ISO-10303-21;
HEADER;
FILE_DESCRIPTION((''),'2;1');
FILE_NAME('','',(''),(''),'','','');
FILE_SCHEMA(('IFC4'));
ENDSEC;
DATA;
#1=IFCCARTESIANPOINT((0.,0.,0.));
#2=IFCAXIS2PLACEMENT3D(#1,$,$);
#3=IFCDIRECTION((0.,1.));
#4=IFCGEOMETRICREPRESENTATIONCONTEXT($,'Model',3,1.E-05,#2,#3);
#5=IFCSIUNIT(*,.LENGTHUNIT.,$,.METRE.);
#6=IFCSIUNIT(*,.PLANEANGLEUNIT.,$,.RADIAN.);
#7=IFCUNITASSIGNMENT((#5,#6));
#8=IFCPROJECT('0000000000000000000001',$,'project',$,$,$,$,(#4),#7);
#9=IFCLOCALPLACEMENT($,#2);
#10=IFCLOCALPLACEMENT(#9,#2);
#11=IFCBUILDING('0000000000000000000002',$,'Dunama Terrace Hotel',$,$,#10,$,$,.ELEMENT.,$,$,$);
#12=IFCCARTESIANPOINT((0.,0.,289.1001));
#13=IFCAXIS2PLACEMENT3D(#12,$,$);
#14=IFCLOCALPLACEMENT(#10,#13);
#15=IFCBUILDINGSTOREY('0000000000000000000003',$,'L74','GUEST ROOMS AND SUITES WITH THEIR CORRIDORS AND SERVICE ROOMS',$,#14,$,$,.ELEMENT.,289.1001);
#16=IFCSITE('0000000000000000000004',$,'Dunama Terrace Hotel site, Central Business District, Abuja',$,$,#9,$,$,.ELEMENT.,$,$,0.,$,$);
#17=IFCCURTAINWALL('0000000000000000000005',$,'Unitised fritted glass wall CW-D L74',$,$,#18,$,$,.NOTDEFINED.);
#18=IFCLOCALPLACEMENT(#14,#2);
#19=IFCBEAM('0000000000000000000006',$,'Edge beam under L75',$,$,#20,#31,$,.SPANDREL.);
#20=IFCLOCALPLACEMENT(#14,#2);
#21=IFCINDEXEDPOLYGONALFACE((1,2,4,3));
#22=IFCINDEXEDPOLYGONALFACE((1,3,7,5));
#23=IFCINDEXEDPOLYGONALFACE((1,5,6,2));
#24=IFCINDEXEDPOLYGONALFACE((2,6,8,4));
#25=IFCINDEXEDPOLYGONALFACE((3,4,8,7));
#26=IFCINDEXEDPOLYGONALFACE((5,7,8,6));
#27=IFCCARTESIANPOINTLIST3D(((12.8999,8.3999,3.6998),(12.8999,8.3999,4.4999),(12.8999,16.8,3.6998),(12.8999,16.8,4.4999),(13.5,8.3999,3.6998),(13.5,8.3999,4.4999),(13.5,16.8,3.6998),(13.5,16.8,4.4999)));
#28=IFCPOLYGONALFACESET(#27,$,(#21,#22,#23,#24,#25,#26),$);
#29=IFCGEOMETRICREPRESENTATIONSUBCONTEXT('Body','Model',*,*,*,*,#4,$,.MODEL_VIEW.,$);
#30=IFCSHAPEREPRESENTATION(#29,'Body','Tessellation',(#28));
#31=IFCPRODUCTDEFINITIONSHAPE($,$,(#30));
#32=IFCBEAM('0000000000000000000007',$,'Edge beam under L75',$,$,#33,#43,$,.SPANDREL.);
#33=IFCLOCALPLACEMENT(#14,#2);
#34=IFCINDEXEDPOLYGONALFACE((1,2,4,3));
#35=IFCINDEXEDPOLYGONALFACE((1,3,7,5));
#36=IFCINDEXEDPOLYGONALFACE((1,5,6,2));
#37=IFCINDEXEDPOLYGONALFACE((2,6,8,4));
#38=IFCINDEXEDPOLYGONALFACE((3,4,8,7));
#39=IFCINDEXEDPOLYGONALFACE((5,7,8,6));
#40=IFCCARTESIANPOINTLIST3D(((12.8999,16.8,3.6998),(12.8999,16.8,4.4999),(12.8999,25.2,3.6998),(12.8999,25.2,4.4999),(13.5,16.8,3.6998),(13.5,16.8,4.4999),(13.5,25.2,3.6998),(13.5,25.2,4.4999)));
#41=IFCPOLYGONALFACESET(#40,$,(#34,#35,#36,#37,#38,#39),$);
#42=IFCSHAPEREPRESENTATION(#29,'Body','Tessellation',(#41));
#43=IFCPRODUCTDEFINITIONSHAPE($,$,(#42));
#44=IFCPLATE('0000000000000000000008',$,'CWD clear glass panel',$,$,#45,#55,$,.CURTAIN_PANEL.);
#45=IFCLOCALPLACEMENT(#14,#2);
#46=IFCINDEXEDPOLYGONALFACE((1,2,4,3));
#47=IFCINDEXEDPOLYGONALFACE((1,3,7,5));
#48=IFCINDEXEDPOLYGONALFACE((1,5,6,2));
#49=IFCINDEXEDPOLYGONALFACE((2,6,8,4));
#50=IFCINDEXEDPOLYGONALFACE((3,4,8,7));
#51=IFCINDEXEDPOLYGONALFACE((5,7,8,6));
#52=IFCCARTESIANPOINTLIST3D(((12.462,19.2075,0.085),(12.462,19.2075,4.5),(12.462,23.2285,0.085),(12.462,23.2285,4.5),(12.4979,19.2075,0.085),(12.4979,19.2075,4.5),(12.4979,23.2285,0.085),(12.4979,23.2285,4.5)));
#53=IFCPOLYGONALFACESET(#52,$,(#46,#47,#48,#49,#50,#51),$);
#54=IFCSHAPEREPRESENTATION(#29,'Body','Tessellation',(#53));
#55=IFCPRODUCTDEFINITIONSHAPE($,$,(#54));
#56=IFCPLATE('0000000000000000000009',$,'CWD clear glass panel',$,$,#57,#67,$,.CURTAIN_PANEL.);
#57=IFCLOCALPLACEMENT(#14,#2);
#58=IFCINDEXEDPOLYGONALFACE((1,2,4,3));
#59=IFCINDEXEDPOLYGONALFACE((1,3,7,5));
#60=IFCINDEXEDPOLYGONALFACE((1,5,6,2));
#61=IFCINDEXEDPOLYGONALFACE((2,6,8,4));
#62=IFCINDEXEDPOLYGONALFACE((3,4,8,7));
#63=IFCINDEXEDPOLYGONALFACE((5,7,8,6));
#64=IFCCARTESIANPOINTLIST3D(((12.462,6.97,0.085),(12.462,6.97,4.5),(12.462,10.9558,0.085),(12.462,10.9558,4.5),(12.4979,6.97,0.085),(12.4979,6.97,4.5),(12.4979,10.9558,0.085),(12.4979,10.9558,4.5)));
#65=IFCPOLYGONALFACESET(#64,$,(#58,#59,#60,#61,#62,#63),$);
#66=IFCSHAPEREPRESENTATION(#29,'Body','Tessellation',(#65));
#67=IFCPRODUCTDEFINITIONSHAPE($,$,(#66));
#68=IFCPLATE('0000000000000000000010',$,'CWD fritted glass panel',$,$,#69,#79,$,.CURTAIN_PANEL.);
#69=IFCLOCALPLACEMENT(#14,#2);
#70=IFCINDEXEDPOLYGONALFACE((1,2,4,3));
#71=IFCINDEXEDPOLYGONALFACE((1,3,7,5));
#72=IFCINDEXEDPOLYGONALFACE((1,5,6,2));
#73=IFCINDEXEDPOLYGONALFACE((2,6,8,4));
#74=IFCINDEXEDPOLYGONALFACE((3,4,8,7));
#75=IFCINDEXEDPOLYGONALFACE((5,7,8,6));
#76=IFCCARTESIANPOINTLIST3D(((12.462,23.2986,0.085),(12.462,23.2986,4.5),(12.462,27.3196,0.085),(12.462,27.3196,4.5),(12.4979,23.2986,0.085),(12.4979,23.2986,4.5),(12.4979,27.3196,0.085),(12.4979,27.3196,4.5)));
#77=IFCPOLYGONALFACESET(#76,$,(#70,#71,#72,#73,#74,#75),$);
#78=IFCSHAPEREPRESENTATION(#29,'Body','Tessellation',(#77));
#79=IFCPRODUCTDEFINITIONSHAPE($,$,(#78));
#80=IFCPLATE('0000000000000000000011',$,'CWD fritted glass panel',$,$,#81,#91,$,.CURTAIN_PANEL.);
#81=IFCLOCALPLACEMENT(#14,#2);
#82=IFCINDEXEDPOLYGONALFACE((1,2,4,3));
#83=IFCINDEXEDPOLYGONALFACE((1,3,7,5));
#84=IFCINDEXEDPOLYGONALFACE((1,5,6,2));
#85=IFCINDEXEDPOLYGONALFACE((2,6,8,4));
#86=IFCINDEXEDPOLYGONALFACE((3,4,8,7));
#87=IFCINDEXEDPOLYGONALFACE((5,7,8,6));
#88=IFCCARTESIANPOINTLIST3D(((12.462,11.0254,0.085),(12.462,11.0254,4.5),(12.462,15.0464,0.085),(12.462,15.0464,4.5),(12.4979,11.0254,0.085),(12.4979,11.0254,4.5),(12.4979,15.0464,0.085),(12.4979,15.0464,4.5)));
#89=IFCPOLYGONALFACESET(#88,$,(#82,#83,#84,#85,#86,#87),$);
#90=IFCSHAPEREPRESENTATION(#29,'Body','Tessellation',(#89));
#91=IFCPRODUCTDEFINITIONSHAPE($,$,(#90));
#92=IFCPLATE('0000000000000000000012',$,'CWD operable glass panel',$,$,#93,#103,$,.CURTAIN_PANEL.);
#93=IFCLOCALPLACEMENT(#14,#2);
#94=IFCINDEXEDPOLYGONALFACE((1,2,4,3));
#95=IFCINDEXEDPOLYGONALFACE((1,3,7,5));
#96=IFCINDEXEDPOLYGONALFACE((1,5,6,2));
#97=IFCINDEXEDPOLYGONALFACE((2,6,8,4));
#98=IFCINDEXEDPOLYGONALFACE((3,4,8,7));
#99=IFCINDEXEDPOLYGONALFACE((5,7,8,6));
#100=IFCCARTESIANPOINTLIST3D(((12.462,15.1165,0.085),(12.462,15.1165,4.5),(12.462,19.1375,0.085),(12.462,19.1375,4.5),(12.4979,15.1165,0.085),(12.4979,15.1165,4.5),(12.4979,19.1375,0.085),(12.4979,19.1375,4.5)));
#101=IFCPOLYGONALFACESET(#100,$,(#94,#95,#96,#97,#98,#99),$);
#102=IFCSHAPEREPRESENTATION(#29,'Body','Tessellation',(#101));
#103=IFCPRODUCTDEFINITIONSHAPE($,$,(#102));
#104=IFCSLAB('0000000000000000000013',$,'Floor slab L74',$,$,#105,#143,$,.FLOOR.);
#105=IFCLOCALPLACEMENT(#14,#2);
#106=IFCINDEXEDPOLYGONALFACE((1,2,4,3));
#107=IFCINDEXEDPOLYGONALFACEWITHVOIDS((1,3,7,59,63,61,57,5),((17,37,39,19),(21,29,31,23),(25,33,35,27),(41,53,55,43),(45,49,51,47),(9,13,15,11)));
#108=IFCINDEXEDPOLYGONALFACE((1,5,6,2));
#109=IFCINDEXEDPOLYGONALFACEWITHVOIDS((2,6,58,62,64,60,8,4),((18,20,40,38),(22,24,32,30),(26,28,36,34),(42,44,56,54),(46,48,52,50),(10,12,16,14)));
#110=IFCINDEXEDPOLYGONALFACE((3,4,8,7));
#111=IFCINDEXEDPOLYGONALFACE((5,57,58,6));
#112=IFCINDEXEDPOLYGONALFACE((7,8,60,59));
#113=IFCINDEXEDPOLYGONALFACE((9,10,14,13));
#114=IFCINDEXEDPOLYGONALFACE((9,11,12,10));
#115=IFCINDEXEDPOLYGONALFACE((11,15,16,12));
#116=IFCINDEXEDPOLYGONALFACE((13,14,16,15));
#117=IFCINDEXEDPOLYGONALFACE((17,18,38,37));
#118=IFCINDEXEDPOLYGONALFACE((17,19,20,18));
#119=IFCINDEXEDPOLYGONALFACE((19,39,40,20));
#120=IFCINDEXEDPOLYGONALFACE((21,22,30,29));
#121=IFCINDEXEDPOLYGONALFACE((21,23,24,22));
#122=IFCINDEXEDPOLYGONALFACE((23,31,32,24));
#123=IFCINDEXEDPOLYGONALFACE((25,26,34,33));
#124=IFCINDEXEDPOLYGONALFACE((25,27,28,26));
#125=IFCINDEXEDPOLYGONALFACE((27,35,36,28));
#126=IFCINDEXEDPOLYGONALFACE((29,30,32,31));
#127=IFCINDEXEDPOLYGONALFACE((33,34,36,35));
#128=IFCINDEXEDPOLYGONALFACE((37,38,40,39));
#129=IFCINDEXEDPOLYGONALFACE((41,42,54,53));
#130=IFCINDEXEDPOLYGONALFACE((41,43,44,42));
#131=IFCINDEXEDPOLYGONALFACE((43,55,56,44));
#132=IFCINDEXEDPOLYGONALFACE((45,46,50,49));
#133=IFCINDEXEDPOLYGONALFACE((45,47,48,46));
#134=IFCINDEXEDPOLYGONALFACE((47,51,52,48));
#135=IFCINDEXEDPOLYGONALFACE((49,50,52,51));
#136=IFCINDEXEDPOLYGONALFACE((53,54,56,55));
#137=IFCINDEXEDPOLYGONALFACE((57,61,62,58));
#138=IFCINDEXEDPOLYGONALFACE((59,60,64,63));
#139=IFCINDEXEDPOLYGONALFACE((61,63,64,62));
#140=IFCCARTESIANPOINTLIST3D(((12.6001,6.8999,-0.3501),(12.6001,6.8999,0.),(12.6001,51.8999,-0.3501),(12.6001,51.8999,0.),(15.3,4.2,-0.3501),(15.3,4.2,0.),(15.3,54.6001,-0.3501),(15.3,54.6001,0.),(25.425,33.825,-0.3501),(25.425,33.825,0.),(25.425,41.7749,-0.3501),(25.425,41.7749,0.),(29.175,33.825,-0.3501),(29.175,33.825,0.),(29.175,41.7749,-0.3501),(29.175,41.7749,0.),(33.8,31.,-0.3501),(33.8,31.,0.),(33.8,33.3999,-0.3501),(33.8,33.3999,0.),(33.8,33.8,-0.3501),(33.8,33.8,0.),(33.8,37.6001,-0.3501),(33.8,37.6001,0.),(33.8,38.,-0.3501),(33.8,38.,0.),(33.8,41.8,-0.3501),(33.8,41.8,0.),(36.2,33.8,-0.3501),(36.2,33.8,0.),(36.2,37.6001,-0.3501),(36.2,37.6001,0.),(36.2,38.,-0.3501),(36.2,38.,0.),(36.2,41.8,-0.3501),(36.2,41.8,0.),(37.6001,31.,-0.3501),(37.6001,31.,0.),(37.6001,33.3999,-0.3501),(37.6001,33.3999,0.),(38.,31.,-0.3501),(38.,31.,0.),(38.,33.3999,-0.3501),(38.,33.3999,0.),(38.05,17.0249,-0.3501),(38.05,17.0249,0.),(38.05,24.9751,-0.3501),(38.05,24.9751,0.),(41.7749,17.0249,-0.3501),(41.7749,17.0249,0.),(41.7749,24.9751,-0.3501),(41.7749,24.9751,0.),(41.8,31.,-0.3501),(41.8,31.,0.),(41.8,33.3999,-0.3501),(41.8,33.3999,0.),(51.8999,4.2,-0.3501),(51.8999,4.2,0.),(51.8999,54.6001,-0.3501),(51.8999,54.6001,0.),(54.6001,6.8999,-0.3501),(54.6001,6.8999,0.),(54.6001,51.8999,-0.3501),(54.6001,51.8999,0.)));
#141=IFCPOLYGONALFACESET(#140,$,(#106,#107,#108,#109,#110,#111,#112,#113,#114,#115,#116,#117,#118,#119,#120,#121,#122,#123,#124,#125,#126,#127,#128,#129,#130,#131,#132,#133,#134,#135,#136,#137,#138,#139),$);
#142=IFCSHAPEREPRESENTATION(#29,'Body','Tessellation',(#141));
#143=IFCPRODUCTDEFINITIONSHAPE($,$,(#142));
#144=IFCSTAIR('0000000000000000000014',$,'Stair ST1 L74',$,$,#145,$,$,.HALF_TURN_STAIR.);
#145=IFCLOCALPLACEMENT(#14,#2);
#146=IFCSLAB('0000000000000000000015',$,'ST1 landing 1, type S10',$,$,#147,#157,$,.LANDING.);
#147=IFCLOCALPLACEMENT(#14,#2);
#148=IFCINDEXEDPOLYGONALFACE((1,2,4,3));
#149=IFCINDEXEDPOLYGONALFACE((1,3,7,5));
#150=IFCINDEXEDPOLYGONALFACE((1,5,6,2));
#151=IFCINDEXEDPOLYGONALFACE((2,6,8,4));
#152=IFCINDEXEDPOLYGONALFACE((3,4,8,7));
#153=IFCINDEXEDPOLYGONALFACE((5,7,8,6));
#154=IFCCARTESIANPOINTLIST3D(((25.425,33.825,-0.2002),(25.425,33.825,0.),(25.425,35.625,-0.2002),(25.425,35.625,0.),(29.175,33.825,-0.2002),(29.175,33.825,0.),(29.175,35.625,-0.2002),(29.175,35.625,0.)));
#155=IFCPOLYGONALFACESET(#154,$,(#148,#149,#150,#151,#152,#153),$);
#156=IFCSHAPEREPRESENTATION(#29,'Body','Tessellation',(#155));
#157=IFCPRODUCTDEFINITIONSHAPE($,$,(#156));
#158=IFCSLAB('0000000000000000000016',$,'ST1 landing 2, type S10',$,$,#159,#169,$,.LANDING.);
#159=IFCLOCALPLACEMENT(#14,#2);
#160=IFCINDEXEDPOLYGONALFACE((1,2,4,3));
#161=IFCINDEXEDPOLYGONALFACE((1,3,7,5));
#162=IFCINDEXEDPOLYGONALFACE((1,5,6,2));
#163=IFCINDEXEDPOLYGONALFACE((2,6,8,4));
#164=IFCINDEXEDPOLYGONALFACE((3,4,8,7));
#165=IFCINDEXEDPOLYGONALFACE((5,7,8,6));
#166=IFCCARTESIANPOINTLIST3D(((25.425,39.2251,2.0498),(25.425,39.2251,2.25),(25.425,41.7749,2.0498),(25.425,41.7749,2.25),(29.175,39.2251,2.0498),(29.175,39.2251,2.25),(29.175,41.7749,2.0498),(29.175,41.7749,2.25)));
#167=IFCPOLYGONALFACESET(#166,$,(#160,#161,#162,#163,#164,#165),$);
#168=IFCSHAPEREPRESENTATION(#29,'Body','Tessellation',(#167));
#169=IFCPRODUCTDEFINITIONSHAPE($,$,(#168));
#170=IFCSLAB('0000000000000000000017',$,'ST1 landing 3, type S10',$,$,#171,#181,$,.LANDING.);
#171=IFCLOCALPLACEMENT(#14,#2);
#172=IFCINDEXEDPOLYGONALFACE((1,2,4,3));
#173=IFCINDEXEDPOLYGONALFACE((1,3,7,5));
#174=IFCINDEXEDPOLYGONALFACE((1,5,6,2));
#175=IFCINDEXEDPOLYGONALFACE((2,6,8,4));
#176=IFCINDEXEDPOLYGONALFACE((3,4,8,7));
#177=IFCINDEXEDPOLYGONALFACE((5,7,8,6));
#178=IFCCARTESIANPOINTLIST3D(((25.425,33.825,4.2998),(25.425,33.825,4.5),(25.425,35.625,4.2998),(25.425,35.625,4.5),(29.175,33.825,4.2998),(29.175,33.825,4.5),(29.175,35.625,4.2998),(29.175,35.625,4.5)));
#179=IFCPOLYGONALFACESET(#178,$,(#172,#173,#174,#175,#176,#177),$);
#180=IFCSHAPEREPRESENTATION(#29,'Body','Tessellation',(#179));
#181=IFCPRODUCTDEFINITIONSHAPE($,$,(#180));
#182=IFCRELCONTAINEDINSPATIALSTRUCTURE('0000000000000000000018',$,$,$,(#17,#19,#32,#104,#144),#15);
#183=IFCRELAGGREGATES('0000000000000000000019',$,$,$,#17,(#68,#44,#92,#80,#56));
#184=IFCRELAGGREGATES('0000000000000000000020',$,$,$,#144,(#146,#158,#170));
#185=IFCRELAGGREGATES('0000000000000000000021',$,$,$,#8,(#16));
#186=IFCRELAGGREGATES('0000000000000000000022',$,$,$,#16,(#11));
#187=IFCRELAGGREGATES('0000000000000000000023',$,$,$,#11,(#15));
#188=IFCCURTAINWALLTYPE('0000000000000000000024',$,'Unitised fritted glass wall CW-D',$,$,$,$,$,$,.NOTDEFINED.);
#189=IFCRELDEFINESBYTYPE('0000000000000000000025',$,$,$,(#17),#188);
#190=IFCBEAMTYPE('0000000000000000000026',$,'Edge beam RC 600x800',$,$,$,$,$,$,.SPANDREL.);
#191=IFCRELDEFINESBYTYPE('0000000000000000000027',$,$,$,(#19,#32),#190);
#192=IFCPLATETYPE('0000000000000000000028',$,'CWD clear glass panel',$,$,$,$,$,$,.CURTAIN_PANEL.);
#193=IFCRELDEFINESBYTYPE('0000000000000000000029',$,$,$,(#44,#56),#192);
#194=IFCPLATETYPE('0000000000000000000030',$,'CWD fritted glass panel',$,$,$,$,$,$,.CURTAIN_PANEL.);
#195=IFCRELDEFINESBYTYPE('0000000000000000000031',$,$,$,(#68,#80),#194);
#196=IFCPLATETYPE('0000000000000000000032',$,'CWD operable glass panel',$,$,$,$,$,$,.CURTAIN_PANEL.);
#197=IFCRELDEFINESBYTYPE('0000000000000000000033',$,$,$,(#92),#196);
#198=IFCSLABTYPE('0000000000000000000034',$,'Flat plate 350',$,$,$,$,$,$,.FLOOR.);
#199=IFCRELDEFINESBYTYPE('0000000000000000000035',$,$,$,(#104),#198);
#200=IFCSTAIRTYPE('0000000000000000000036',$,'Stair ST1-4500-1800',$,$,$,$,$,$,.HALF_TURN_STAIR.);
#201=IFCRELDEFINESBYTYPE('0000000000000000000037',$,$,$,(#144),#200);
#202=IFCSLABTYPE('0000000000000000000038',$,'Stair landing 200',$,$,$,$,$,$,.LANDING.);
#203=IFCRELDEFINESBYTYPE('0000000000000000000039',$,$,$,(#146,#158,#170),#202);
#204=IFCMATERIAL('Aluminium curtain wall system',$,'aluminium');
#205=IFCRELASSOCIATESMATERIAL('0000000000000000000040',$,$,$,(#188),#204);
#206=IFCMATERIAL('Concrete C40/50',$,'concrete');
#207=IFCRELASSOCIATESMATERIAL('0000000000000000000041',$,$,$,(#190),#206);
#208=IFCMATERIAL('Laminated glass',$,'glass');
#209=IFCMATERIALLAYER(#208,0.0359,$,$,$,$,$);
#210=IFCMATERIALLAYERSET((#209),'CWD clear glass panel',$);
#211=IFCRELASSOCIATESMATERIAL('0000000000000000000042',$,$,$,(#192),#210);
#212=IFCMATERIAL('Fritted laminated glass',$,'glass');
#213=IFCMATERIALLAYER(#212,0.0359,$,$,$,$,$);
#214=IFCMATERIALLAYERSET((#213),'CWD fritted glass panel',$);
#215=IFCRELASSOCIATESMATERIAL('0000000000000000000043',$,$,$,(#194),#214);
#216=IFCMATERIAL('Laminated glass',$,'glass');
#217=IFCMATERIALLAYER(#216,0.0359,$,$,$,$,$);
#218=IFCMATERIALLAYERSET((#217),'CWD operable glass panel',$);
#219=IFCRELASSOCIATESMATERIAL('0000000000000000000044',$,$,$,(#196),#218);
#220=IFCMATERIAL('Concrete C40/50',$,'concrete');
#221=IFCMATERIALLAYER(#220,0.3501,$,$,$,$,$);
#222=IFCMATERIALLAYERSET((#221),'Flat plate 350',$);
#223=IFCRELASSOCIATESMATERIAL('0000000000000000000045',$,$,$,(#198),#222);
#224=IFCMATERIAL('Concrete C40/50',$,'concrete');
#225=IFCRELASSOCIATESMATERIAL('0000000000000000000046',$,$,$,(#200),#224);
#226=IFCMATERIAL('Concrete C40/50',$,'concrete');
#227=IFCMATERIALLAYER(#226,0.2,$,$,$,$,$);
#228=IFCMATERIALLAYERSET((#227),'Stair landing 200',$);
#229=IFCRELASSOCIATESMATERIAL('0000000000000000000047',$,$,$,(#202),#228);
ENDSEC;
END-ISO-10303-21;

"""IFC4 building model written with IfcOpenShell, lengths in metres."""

from ifc_helpers import new_model, si_unit, direction, frame, origin, origin_2d, place, context, subcontext, project, spatial, polyline, rectangle, outline, extrude, material, layer, layer_set, material_profile, profile_set, type_object, element, aggregate, save


model = new_model("IFC4")

# Units and contexts
model_context = context("Model", 3, precision=1e-05, world=origin(), true_north=direction((0.0, 1.0)))
body_context = subcontext(model_context, "Body", "Model", "MODEL_VIEW")
ifc_project = project(units=[si_unit("LENGTHUNIT", "METRE"), si_unit("PLANEANGLEUNIT", "RADIAN")], contexts=[model_context])

# Site, building, storey
site_placement = place(None, origin())
site = spatial("IfcSite", under=ifc_project, at=site_placement, Name="Dunama Terrace Hotel site, Central Business District, Abuja", CompositionType="ELEMENT", RefElevation=0.0)
building_placement = place(site_placement, origin())
building = spatial("IfcBuilding", under=site, at=building_placement, Name="Dunama Terrace Hotel", CompositionType="ELEMENT")
storey_placement = place(building_placement, frame((0.0, 0.0, 289.1001)))
storey = spatial("IfcBuildingStorey", under=building, at=storey_placement, Name="L74", Description="GUEST ROOMS AND SUITES WITH THEIR CORRIDORS AND SERVICE ROOMS", CompositionType="ELEMENT", Elevation=289.1001)

# Curtain wall
ifc_material_1 = material(Name="Aluminium curtain wall system", Category="aluminium")
curtain_wall_type = type_object("IfcCurtainWallType", Name="Unitised fritted glass wall CW-D", PredefinedType="NOTDEFINED", material=ifc_material_1)
curtain_wall_1_placement = place(storey_placement, origin())
curtain_wall_1 = element("IfcCurtainWall", 1, at=curtain_wall_1_placement, inside=storey, type_object=curtain_wall_type, Name="Unitised fritted glass wall CW-D L74", PredefinedType="NOTDEFINED")

# Beams
ifc_material_2 = material(Name="Concrete C40/50", Category="concrete")
ifc_material_profile_1 = material_profile(ifc_material_2, rectangle(XDim=0.6001, YDim=0.8, at=origin_2d()), Name="RC 600x800")
ifc_profile_set_1 = profile_set([ifc_material_profile_1], Name="Concrete C40/50")
beam_type = type_object("IfcBeamType", Name="Edge beam RC 600x800", PredefinedType="SPANDREL", material=ifc_profile_set_1)
beam_1_placement = place(storey_placement, frame((13.2, 8.3999, 4.0999), z_axis=(0.0, 1.0, 0.0), x_axis=(-1.0, 0.0, 0.0)))
element("IfcBeam", 2, at=beam_1_placement, inside=storey, type_object=beam_type, Name="Edge beam under L75", PredefinedType="SPANDREL", context=body_context, shape_type="SweptSolid", body=[
    extrude(rectangle(XDim=0.6001, YDim=0.8, at=origin_2d()), origin(), (0.0, 0.0, 1.0), 8.4001),
])
beam_2_placement = place(storey_placement, frame((13.2, 16.8, 4.0999), z_axis=(0.0, 1.0, 0.0), x_axis=(-1.0, 0.0, 0.0)))
element("IfcBeam", 3, at=beam_2_placement, inside=storey, type_object=beam_type, Name="Edge beam under L75", PredefinedType="SPANDREL", context=body_context, shape_type="SweptSolid", body=[
    extrude(rectangle(XDim=0.6001, YDim=0.8, at=origin_2d()), origin(), (0.0, 0.0, 1.0), 8.3999),
])

# Plates
ifc_material_3 = material(Name="Laminated glass", Category="glass")
ifc_layer_1 = layer(ifc_material_3, 0.0359)
ifc_layer_set_1 = layer_set([ifc_layer_1], Name="CWD clear glass panel")
plate_type_1 = type_object("IfcPlateType", Name="CWD clear glass panel", PredefinedType="CURTAIN_PANEL", material=ifc_layer_set_1)
plate_1_placement = place(storey_placement, frame((12.48, 21.218, 0.085), z_axis=(0.0, 0.0, 1.0), x_axis=(0.0, -1.0, 0.0)))
plate_1 = element("IfcPlate", 4, at=plate_1_placement, type_object=plate_type_1, Name="CWD clear glass panel", PredefinedType="CURTAIN_PANEL", context=body_context, shape_type="SweptSolid", body=[
    extrude(rectangle(XDim=4.021, YDim=0.0359, at=origin_2d()), origin(), (0.0, 0.0, 1.0), 4.415),
])
plate_2_placement = place(storey_placement, frame((12.48, 8.9629, 0.085), z_axis=(0.0, 0.0, 1.0), x_axis=(0.0, -1.0, 0.0)))
plate_2 = element("IfcPlate", 5, at=plate_2_placement, type_object=plate_type_1, Name="CWD clear glass panel", PredefinedType="CURTAIN_PANEL", context=body_context, shape_type="SweptSolid", body=[
    extrude(rectangle(XDim=3.9858, YDim=0.0359, at=origin_2d()), origin(), (0.0, 0.0, 1.0), 4.415),
])
ifc_material_4 = material(Name="Fritted laminated glass", Category="glass")
ifc_layer_2 = layer(ifc_material_4, 0.0359)
ifc_layer_set_2 = layer_set([ifc_layer_2], Name="CWD fritted glass panel")
plate_type_2 = type_object("IfcPlateType", Name="CWD fritted glass panel", PredefinedType="CURTAIN_PANEL", material=ifc_layer_set_2)
plate_3_placement = place(storey_placement, frame((12.48, 25.3091, 0.085), z_axis=(0.0, 0.0, 1.0), x_axis=(0.0, -1.0, 0.0)))
plate_3 = element("IfcPlate", 6, at=plate_3_placement, type_object=plate_type_2, Name="CWD fritted glass panel", PredefinedType="CURTAIN_PANEL", context=body_context, shape_type="SweptSolid", body=[
    extrude(rectangle(XDim=4.021, YDim=0.0359, at=origin_2d()), origin(), (0.0, 0.0, 1.0), 4.415),
])
plate_4_placement = place(storey_placement, frame((12.48, 13.0359, 0.085), z_axis=(0.0, 0.0, 1.0), x_axis=(0.0, -1.0, 0.0)))
plate_4 = element("IfcPlate", 7, at=plate_4_placement, type_object=plate_type_2, Name="CWD fritted glass panel", PredefinedType="CURTAIN_PANEL", context=body_context, shape_type="SweptSolid", body=[
    extrude(rectangle(XDim=4.021, YDim=0.0359, at=origin_2d()), origin(), (0.0, 0.0, 1.0), 4.415),
])
ifc_material_5 = material(Name="Laminated glass", Category="glass")
ifc_layer_3 = layer(ifc_material_5, 0.0359)
ifc_layer_set_3 = layer_set([ifc_layer_3], Name="CWD operable glass panel")
plate_type_3 = type_object("IfcPlateType", Name="CWD operable glass panel", PredefinedType="CURTAIN_PANEL", material=ifc_layer_set_3)
plate_5_placement = place(storey_placement, frame((12.48, 17.127, 0.085), z_axis=(0.0, 0.0, 1.0), x_axis=(0.0, -1.0, 0.0)))
plate_5 = element("IfcPlate", 8, at=plate_5_placement, type_object=plate_type_3, Name="CWD operable glass panel", PredefinedType="CURTAIN_PANEL", context=body_context, shape_type="SweptSolid", body=[
    extrude(rectangle(XDim=4.021, YDim=0.0359, at=origin_2d()), origin(), (0.0, 0.0, 1.0), 4.415),
])
aggregate(curtain_wall_1, [plate_3, plate_1, plate_5, plate_4, plate_2])

# Slab
ifc_material_6 = material(Name="Concrete C40/50", Category="concrete")
ifc_layer_4 = layer(ifc_material_6, 0.3501)
ifc_layer_set_4 = layer_set([ifc_layer_4], Name="Flat plate 350")
slab_type_1 = type_object("IfcSlabType", Name="Flat plate 350", PredefinedType="FLOOR", material=ifc_layer_set_4)
slab_1_placement = place(storey_placement, frame((0.0, 0.0, -0.3501)))
element("IfcSlab", 9, at=slab_1_placement, inside=storey, type_object=slab_type_1, Name="Floor slab L74", PredefinedType="FLOOR", context=body_context, shape_type="SweptSolid", body=[
    extrude(outline(polyline([(15.3, 4.2), (51.8999, 4.2), (54.6001, 6.8999), (54.6001, 51.8999), (51.8999, 54.6001), (15.3, 54.6001), (12.6001, 51.8999), (12.6001, 6.8999), (15.3, 4.2)]), holes=[polyline([(37.6001, 31.0), (37.6001, 33.3999), (33.8, 33.3999), (33.8, 31.0), (37.6001, 31.0)]), polyline([(41.8, 31.0), (41.8, 33.3999), (38.0, 33.3999), (38.0, 31.0), (41.8, 31.0)]), polyline([(36.2, 38.0), (36.2, 41.8), (33.8, 41.8), (33.8, 38.0), (36.2, 38.0)]), polyline([(36.2, 33.8), (36.2, 37.6001), (33.8, 37.6001), (33.8, 33.8), (36.2, 33.8)]), polyline([(29.175, 33.825), (29.175, 41.7749), (25.425, 41.7749), (25.425, 33.825), (29.175, 33.825)]), polyline([(41.7749, 17.0249), (41.7749, 24.9751), (38.05, 24.9751), (38.05, 17.0249), (41.7749, 17.0249)])]), origin(), (0.0, 0.0, 1.0), 0.3501),
])

# Stair, slabs
ifc_material_7 = material(Name="Concrete C40/50", Category="concrete")
stair_type_1 = type_object("IfcStairType", Name="Stair ST1-4500-1800", PredefinedType="HALF_TURN_STAIR", material=ifc_material_7)
stair_1_placement = place(storey_placement, origin())
stair_1 = element("IfcStair", 10, at=stair_1_placement, inside=storey, type_object=stair_type_1, Name="Stair ST1 L74", PredefinedType="HALF_TURN_STAIR")
ifc_material_8 = material(Name="Concrete C40/50", Category="concrete")
ifc_layer_5 = layer(ifc_material_8, 0.2)
ifc_layer_set_5 = layer_set([ifc_layer_5], Name="Stair landing 200")
slab_type_2 = type_object("IfcSlabType", Name="Stair landing 200", PredefinedType="LANDING", material=ifc_layer_set_5)
slab_2_placement = place(storey_placement, frame((0.0, 0.0, -0.2002)))
slab_2 = element("IfcSlab", 11, at=slab_2_placement, type_object=slab_type_2, Name="ST1 landing 1, type S10", PredefinedType="LANDING", context=body_context, shape_type="SweptSolid", body=[
    extrude(outline(polyline([(25.425, 33.825), (29.175, 33.825), (29.175, 35.625), (25.425, 35.625), (25.425, 33.825)])), origin(), (0.0, 0.0, 1.0), 0.2002),
])
slab_3_placement = place(storey_placement, frame((0.0, 0.0, 2.0498)))
slab_3 = element("IfcSlab", 12, at=slab_3_placement, type_object=slab_type_2, Name="ST1 landing 2, type S10", PredefinedType="LANDING", context=body_context, shape_type="SweptSolid", body=[
    extrude(outline(polyline([(25.425, 39.2251), (29.175, 39.2251), (29.175, 41.7749), (25.425, 41.7749), (25.425, 39.2251)])), origin(), (0.0, 0.0, 1.0), 0.2002),
])
slab_4_placement = place(storey_placement, frame((0.0, 0.0, 4.2998)))
slab_4 = element("IfcSlab", 13, at=slab_4_placement, type_object=slab_type_2, Name="ST1 landing 3, type S10", PredefinedType="LANDING", context=body_context, shape_type="SweptSolid", body=[
    extrude(outline(polyline([(25.425, 33.825), (29.175, 33.825), (29.175, 35.625), (25.425, 35.625), (25.425, 33.825)])), origin(), (0.0, 0.0, 1.0), 0.2002),
])
aggregate(stair_1, [slab_2, slab_3, slab_4])

save(model, "model.ifc")
